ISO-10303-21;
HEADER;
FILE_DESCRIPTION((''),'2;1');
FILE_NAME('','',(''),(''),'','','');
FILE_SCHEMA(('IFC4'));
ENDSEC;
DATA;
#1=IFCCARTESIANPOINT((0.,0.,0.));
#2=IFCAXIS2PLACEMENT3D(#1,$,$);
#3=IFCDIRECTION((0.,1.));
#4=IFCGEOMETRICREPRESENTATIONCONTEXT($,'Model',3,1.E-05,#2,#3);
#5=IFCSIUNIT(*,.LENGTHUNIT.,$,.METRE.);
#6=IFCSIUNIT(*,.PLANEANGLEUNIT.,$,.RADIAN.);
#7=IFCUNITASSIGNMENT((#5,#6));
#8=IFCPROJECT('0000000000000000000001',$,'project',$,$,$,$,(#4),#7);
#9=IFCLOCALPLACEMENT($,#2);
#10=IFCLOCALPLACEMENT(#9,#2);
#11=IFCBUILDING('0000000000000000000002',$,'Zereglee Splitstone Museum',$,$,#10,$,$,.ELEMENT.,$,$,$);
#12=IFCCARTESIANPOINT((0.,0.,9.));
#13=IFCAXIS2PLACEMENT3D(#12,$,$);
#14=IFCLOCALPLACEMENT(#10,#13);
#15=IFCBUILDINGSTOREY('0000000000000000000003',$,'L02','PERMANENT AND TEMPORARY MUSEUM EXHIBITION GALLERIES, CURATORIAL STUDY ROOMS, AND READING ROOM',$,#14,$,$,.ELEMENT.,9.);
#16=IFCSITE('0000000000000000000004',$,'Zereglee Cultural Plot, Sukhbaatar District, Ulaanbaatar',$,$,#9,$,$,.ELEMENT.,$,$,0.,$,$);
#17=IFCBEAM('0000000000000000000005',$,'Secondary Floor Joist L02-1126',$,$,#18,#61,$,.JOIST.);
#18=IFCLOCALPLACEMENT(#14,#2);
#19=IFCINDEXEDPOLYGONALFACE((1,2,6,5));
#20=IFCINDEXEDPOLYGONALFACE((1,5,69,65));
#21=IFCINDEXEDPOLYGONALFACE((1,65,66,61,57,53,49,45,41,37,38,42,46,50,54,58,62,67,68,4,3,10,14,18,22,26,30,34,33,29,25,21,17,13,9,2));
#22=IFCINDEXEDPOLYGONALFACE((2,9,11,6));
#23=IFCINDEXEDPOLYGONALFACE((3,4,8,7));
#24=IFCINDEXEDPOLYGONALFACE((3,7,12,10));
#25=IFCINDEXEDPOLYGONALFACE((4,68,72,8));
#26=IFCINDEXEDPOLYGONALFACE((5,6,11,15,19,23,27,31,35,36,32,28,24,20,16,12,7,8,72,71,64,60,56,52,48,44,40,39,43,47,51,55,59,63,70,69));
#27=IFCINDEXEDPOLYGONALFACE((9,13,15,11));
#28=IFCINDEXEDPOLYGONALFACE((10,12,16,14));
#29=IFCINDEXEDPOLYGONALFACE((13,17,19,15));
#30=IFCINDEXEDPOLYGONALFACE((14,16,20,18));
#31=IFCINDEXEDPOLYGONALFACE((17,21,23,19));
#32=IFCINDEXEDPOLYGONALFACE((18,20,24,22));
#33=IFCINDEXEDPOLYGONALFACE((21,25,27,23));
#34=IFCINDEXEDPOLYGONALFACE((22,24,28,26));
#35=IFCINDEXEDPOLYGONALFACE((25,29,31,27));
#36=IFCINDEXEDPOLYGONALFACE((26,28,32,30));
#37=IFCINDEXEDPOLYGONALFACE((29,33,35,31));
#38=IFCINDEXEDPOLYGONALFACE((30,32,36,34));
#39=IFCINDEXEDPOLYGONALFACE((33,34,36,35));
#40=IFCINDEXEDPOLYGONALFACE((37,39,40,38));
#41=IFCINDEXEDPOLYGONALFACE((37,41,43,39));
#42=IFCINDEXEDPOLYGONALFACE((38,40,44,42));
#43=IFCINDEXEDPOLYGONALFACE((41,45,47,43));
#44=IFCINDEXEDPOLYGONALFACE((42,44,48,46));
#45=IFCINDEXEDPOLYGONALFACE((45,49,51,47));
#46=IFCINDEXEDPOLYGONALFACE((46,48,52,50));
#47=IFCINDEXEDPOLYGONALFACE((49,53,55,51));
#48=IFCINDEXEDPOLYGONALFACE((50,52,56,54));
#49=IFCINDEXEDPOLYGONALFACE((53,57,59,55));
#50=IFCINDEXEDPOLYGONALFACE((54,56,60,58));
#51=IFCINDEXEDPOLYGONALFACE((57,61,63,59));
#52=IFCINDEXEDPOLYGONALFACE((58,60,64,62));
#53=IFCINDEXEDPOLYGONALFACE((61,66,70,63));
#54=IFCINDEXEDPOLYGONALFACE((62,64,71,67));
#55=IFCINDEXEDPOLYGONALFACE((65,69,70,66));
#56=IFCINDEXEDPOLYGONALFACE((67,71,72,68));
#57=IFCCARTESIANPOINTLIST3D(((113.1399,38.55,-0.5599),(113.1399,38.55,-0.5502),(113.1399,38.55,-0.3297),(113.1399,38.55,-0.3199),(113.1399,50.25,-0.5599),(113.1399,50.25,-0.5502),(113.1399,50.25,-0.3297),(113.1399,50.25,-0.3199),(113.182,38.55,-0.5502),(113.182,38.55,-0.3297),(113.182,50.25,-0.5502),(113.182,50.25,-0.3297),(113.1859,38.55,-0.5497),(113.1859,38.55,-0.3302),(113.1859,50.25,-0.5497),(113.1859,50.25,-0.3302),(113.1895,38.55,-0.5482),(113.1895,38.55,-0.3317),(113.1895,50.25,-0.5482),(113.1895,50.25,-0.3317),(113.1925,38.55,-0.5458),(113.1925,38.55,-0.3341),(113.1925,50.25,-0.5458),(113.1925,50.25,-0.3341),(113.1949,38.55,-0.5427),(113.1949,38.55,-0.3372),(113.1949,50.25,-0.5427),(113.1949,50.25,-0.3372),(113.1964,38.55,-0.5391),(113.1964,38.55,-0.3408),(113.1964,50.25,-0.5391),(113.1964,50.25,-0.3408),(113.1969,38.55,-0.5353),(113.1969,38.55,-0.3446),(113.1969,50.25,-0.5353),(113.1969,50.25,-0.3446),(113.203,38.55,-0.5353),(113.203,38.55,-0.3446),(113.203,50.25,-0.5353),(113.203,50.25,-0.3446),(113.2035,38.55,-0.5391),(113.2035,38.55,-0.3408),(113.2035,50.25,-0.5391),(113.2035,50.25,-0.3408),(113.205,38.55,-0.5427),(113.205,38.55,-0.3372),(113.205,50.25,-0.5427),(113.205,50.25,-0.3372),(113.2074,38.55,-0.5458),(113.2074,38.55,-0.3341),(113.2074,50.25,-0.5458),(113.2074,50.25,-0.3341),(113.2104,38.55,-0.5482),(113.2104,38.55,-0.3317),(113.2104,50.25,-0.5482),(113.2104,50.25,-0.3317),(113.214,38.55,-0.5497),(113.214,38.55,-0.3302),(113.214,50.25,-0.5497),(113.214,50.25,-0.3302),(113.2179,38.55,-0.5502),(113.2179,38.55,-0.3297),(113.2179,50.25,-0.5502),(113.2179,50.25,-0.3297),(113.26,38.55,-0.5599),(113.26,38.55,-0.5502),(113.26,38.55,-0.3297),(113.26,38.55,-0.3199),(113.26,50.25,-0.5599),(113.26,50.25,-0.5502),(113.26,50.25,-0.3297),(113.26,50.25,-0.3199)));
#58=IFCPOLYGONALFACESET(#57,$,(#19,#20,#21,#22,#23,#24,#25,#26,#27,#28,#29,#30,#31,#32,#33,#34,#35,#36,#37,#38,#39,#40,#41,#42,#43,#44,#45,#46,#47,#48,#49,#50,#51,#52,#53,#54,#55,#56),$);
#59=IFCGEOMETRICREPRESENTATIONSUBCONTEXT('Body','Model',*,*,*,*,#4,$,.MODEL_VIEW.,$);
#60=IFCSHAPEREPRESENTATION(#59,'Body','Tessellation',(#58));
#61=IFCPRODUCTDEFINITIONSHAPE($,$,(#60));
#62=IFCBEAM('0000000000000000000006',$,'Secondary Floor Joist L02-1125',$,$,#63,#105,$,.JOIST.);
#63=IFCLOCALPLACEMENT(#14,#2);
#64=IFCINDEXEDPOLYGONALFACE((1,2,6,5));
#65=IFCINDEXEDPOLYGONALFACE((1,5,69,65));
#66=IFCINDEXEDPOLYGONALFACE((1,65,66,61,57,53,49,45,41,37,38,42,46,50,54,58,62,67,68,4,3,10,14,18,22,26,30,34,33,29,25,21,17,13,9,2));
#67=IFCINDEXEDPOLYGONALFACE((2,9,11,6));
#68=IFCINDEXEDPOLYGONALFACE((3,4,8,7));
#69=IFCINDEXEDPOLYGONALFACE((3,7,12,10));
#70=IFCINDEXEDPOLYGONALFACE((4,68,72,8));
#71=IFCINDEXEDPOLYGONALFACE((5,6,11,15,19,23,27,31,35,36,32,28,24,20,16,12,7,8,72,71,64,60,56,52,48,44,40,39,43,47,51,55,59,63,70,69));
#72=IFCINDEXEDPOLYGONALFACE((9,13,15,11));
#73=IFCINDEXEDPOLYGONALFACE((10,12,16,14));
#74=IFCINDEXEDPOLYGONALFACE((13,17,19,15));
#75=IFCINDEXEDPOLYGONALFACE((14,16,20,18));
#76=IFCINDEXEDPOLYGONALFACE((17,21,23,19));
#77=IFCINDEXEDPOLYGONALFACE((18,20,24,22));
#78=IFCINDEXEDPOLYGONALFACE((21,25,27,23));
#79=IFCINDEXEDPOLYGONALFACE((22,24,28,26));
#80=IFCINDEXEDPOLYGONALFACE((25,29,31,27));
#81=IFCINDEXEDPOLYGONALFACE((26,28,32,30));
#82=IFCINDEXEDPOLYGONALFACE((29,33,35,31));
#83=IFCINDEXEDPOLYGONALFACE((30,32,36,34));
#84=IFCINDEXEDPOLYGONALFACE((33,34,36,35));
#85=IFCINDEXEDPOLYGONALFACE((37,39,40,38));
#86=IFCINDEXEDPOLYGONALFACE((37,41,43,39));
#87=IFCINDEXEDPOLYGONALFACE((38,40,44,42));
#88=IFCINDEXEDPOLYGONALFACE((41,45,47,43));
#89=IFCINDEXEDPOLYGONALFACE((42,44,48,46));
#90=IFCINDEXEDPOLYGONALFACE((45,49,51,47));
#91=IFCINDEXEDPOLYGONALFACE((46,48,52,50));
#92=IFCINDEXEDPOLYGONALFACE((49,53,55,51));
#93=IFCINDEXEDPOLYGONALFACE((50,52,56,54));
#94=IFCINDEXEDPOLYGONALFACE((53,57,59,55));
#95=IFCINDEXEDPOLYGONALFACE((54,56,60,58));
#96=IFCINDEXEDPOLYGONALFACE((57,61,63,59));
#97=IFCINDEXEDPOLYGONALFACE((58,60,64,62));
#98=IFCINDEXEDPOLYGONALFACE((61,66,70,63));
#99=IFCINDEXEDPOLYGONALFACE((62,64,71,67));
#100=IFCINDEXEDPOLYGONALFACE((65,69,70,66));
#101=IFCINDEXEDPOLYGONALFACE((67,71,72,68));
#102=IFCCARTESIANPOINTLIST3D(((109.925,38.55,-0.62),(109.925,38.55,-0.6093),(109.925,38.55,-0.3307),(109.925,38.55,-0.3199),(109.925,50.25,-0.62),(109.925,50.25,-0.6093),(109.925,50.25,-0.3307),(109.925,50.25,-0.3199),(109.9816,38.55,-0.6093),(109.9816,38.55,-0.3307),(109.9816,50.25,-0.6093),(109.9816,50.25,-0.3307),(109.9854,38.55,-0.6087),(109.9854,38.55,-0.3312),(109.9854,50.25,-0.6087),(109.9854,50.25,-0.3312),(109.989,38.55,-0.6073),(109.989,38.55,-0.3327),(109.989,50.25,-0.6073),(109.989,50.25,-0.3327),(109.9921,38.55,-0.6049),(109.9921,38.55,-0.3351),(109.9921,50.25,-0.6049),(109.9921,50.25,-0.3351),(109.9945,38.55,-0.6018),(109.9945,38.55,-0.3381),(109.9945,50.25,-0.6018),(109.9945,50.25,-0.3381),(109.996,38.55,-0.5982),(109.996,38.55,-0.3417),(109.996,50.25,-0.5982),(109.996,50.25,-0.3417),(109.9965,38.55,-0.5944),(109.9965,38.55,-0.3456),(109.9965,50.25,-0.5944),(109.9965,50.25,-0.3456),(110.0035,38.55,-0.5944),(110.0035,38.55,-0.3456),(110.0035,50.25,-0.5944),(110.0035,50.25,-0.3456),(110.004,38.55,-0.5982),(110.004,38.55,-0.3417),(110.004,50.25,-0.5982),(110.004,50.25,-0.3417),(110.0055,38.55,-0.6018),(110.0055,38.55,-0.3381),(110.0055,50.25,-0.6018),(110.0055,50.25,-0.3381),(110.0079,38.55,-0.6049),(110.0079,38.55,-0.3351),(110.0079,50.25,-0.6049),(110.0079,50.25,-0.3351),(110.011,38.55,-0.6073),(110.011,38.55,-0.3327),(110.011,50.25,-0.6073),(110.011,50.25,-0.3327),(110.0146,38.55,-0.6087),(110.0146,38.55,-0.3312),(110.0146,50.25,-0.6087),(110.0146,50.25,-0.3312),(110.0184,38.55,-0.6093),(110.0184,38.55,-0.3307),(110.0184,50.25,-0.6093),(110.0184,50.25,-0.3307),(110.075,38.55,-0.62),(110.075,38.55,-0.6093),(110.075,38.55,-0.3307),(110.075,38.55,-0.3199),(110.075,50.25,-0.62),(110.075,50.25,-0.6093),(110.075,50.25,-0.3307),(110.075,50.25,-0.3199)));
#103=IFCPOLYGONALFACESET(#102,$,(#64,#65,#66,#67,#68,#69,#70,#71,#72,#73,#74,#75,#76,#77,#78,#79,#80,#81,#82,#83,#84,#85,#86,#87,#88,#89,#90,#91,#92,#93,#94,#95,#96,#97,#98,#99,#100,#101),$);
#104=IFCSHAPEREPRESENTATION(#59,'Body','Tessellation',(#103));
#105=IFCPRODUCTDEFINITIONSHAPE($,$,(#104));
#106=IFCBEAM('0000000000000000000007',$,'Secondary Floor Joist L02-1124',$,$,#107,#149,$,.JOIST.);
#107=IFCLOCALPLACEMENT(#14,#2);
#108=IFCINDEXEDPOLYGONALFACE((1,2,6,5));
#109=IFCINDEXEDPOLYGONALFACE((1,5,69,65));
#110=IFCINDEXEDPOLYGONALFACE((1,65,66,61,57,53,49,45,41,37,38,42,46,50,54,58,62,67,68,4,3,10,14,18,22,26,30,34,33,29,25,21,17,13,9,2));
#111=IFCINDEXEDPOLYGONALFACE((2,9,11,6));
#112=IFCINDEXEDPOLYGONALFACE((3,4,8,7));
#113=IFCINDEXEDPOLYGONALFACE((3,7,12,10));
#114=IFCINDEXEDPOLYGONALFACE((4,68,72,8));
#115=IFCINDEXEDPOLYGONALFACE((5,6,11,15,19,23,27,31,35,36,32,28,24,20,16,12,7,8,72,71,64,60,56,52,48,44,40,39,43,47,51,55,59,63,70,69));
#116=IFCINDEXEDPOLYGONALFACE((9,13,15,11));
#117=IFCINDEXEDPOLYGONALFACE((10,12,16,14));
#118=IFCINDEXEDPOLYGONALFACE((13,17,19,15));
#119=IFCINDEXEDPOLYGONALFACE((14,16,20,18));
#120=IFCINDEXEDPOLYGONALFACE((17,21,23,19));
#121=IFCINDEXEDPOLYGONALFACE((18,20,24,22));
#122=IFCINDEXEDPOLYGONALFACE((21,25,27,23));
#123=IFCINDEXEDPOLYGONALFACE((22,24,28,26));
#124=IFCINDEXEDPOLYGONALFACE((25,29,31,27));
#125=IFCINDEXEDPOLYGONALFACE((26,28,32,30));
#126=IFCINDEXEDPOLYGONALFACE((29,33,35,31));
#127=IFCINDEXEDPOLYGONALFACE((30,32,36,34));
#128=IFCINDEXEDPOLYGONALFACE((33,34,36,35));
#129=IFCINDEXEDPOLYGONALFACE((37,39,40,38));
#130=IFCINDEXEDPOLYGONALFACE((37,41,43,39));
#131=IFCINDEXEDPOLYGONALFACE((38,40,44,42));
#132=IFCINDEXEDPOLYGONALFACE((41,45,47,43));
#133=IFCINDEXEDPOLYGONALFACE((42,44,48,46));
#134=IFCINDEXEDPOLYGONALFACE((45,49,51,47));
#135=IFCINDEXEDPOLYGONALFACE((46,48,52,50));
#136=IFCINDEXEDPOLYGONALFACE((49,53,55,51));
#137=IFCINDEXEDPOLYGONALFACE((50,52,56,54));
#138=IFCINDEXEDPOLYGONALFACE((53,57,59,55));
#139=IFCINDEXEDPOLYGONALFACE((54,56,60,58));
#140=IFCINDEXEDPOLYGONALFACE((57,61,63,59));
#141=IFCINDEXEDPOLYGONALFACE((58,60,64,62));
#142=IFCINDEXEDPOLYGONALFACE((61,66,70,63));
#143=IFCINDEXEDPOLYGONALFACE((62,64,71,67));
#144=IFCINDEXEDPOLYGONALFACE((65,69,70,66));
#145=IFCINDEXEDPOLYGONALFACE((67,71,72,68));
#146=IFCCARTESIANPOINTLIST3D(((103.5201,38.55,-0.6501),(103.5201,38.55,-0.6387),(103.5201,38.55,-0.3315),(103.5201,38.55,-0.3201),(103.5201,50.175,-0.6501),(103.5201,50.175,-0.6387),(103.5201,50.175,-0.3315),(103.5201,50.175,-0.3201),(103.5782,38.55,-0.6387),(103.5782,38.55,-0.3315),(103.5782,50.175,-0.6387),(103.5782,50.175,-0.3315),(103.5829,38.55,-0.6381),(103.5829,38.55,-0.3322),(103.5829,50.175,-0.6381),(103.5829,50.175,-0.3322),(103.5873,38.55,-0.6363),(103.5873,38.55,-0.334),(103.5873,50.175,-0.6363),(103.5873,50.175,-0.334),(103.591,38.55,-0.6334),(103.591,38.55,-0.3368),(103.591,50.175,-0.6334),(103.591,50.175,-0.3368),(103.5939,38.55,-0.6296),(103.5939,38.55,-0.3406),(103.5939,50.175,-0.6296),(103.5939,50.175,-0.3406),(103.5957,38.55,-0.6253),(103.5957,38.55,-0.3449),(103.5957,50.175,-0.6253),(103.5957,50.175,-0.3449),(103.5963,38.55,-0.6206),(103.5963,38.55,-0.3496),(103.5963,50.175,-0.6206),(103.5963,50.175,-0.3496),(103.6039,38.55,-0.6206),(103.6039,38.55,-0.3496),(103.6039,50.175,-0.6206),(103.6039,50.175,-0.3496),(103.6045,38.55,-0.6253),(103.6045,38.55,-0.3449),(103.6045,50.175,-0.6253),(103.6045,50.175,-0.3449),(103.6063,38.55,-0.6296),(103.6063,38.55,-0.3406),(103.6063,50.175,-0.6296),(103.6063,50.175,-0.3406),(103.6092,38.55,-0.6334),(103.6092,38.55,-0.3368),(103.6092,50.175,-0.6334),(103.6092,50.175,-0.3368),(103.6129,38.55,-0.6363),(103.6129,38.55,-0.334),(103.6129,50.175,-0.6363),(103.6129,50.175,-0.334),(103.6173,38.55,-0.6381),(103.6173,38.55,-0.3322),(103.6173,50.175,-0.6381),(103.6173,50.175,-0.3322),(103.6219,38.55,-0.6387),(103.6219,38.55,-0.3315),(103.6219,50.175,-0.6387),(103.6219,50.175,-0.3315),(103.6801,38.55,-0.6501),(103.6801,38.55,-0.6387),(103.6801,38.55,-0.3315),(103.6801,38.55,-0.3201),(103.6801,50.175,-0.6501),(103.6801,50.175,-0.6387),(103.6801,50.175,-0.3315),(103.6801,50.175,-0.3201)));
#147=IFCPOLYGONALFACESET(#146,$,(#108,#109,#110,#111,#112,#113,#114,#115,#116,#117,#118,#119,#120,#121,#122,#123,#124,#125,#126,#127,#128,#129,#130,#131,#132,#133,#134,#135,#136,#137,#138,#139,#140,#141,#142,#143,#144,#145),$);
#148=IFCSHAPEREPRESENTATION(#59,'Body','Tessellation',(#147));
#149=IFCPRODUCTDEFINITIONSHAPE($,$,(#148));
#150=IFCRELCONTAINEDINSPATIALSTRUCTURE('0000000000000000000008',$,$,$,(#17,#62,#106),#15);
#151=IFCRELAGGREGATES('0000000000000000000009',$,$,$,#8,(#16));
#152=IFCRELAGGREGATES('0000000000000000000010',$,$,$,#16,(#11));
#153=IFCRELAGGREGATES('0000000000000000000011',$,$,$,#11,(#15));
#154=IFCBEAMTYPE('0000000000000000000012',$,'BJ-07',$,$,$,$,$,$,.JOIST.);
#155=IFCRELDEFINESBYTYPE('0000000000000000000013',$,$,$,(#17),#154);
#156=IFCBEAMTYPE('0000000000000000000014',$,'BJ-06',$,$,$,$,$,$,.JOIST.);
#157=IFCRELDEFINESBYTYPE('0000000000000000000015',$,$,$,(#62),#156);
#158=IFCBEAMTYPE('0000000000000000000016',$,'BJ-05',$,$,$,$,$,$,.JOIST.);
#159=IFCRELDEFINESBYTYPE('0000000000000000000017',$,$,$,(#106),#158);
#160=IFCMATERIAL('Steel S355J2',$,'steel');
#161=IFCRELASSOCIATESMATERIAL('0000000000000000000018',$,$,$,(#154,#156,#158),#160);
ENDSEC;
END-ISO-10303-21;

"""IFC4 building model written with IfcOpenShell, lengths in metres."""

from ifc_helpers import new_model, si_unit, direction, frame, origin, origin_2d, place, context, subcontext, project, spatial, i_section, extrude, material, material_profile, profile_set, type_object, element, save


model = new_model("IFC4")

# Units and contexts
model_context = context("Model", 3, precision=1e-05, world=origin(), true_north=direction((0.0, 1.0)))
body_context = subcontext(model_context, "Body", "Model", "MODEL_VIEW")
ifc_project = project(units=[si_unit("LENGTHUNIT", "METRE"), si_unit("PLANEANGLEUNIT", "RADIAN")], contexts=[model_context])

# Site, building, storey
site_placement = place(None, origin())
site = spatial("IfcSite", under=ifc_project, at=site_placement, Name="Zereglee Cultural Plot, Sukhbaatar District, Ulaanbaatar", CompositionType="ELEMENT", RefElevation=0.0)
building_placement = place(site_placement, origin())
building = spatial("IfcBuilding", under=site, at=building_placement, Name="Zereglee Splitstone Museum", CompositionType="ELEMENT")
storey_placement = place(building_placement, frame((0.0, 0.0, 9.0)))
storey = spatial("IfcBuildingStorey", under=building, at=storey_placement, Name="L02", Description="PERMANENT AND TEMPORARY MUSEUM EXHIBITION GALLERIES, CURATORIAL STUDY ROOMS, AND READING ROOM", CompositionType="ELEMENT", Elevation=9.0)

# Shared definitions
ifc_material_1 = material(Name="Steel S355J2", Category="steel")

# Beams
ifc_material_profile_1 = material_profile(ifc_material_1, i_section(OverallWidth=0.1201, OverallDepth=0.24, WebThickness=0.0061, FlangeThickness=0.0098, FilletRadius=0.0149, at=origin_2d()), Name="IPE 240")
ifc_profile_set_1 = profile_set([ifc_material_profile_1], Name="Steel S355J2")
beam_type_1 = type_object("IfcBeamType", Name="BJ-07", PredefinedType="JOIST", material=ifc_profile_set_1)
beam_1_placement = place(storey_placement, frame((113.2, 38.55, -0.4399), z_axis=(0.0, 1.0, 0.0), x_axis=(-1.0, 0.0, 0.0)))
element("IfcBeam", 1, at=beam_1_placement, inside=storey, type_object=beam_type_1, Name="Secondary Floor Joist L02-1126", PredefinedType="JOIST", context=body_context, shape_type="SweptSolid", body=[
    extrude(i_section(OverallWidth=0.1201, OverallDepth=0.24, WebThickness=0.0061, FlangeThickness=0.0098, FilletRadius=0.0149, at=origin_2d()), origin(), (0.0, 0.0, 1.0), 11.7),
])
ifc_material_profile_2 = material_profile(ifc_material_1, i_section(OverallWidth=0.1499, OverallDepth=0.3, WebThickness=0.0071, FlangeThickness=0.0107, FilletRadius=0.0149, at=origin_2d()), Name="IPE 300")
ifc_profile_set_2 = profile_set([ifc_material_profile_2], Name="Steel S355J2")
beam_type_2 = type_object("IfcBeamType", Name="BJ-06", PredefinedType="JOIST", material=ifc_profile_set_2)
beam_2_placement = place(storey_placement, frame((110.0, 38.55, -0.47), z_axis=(0.0, 1.0, 0.0), x_axis=(-1.0, 0.0, 0.0)))
element("IfcBeam", 2, at=beam_2_placement, inside=storey, type_object=beam_type_2, Name="Secondary Floor Joist L02-1125", PredefinedType="JOIST", context=body_context, shape_type="SweptSolid", body=[
    extrude(i_section(OverallWidth=0.1499, OverallDepth=0.3, WebThickness=0.0071, FlangeThickness=0.0107, FilletRadius=0.0149, at=origin_2d()), origin(), (0.0, 0.0, 1.0), 11.7),
])
ifc_material_profile_3 = material_profile(ifc_material_1, i_section(OverallWidth=0.1599, OverallDepth=0.3301, WebThickness=0.0076, FlangeThickness=0.0115, FilletRadius=0.0181, at=origin_2d()), Name="IPE 330")
ifc_profile_set_3 = profile_set([ifc_material_profile_3], Name="Steel S355J2")
beam_type_3 = type_object("IfcBeamType", Name="BJ-05", PredefinedType="JOIST", material=ifc_profile_set_3)
beam_3_placement = place(storey_placement, frame((103.6001, 38.55, -0.4851), z_axis=(0.0, 1.0, 0.0), x_axis=(-1.0, 0.0, 0.0)))
element("IfcBeam", 3, at=beam_3_placement, inside=storey, type_object=beam_type_3, Name="Secondary Floor Joist L02-1124", PredefinedType="JOIST", context=body_context, shape_type="SweptSolid", body=[
    extrude(i_section(OverallWidth=0.1599, OverallDepth=0.3301, WebThickness=0.0076, FlangeThickness=0.0115, FilletRadius=0.0181, at=origin_2d()), origin(), (0.0, 0.0, 1.0), 11.625),
])

save(model, "model.ifc")
